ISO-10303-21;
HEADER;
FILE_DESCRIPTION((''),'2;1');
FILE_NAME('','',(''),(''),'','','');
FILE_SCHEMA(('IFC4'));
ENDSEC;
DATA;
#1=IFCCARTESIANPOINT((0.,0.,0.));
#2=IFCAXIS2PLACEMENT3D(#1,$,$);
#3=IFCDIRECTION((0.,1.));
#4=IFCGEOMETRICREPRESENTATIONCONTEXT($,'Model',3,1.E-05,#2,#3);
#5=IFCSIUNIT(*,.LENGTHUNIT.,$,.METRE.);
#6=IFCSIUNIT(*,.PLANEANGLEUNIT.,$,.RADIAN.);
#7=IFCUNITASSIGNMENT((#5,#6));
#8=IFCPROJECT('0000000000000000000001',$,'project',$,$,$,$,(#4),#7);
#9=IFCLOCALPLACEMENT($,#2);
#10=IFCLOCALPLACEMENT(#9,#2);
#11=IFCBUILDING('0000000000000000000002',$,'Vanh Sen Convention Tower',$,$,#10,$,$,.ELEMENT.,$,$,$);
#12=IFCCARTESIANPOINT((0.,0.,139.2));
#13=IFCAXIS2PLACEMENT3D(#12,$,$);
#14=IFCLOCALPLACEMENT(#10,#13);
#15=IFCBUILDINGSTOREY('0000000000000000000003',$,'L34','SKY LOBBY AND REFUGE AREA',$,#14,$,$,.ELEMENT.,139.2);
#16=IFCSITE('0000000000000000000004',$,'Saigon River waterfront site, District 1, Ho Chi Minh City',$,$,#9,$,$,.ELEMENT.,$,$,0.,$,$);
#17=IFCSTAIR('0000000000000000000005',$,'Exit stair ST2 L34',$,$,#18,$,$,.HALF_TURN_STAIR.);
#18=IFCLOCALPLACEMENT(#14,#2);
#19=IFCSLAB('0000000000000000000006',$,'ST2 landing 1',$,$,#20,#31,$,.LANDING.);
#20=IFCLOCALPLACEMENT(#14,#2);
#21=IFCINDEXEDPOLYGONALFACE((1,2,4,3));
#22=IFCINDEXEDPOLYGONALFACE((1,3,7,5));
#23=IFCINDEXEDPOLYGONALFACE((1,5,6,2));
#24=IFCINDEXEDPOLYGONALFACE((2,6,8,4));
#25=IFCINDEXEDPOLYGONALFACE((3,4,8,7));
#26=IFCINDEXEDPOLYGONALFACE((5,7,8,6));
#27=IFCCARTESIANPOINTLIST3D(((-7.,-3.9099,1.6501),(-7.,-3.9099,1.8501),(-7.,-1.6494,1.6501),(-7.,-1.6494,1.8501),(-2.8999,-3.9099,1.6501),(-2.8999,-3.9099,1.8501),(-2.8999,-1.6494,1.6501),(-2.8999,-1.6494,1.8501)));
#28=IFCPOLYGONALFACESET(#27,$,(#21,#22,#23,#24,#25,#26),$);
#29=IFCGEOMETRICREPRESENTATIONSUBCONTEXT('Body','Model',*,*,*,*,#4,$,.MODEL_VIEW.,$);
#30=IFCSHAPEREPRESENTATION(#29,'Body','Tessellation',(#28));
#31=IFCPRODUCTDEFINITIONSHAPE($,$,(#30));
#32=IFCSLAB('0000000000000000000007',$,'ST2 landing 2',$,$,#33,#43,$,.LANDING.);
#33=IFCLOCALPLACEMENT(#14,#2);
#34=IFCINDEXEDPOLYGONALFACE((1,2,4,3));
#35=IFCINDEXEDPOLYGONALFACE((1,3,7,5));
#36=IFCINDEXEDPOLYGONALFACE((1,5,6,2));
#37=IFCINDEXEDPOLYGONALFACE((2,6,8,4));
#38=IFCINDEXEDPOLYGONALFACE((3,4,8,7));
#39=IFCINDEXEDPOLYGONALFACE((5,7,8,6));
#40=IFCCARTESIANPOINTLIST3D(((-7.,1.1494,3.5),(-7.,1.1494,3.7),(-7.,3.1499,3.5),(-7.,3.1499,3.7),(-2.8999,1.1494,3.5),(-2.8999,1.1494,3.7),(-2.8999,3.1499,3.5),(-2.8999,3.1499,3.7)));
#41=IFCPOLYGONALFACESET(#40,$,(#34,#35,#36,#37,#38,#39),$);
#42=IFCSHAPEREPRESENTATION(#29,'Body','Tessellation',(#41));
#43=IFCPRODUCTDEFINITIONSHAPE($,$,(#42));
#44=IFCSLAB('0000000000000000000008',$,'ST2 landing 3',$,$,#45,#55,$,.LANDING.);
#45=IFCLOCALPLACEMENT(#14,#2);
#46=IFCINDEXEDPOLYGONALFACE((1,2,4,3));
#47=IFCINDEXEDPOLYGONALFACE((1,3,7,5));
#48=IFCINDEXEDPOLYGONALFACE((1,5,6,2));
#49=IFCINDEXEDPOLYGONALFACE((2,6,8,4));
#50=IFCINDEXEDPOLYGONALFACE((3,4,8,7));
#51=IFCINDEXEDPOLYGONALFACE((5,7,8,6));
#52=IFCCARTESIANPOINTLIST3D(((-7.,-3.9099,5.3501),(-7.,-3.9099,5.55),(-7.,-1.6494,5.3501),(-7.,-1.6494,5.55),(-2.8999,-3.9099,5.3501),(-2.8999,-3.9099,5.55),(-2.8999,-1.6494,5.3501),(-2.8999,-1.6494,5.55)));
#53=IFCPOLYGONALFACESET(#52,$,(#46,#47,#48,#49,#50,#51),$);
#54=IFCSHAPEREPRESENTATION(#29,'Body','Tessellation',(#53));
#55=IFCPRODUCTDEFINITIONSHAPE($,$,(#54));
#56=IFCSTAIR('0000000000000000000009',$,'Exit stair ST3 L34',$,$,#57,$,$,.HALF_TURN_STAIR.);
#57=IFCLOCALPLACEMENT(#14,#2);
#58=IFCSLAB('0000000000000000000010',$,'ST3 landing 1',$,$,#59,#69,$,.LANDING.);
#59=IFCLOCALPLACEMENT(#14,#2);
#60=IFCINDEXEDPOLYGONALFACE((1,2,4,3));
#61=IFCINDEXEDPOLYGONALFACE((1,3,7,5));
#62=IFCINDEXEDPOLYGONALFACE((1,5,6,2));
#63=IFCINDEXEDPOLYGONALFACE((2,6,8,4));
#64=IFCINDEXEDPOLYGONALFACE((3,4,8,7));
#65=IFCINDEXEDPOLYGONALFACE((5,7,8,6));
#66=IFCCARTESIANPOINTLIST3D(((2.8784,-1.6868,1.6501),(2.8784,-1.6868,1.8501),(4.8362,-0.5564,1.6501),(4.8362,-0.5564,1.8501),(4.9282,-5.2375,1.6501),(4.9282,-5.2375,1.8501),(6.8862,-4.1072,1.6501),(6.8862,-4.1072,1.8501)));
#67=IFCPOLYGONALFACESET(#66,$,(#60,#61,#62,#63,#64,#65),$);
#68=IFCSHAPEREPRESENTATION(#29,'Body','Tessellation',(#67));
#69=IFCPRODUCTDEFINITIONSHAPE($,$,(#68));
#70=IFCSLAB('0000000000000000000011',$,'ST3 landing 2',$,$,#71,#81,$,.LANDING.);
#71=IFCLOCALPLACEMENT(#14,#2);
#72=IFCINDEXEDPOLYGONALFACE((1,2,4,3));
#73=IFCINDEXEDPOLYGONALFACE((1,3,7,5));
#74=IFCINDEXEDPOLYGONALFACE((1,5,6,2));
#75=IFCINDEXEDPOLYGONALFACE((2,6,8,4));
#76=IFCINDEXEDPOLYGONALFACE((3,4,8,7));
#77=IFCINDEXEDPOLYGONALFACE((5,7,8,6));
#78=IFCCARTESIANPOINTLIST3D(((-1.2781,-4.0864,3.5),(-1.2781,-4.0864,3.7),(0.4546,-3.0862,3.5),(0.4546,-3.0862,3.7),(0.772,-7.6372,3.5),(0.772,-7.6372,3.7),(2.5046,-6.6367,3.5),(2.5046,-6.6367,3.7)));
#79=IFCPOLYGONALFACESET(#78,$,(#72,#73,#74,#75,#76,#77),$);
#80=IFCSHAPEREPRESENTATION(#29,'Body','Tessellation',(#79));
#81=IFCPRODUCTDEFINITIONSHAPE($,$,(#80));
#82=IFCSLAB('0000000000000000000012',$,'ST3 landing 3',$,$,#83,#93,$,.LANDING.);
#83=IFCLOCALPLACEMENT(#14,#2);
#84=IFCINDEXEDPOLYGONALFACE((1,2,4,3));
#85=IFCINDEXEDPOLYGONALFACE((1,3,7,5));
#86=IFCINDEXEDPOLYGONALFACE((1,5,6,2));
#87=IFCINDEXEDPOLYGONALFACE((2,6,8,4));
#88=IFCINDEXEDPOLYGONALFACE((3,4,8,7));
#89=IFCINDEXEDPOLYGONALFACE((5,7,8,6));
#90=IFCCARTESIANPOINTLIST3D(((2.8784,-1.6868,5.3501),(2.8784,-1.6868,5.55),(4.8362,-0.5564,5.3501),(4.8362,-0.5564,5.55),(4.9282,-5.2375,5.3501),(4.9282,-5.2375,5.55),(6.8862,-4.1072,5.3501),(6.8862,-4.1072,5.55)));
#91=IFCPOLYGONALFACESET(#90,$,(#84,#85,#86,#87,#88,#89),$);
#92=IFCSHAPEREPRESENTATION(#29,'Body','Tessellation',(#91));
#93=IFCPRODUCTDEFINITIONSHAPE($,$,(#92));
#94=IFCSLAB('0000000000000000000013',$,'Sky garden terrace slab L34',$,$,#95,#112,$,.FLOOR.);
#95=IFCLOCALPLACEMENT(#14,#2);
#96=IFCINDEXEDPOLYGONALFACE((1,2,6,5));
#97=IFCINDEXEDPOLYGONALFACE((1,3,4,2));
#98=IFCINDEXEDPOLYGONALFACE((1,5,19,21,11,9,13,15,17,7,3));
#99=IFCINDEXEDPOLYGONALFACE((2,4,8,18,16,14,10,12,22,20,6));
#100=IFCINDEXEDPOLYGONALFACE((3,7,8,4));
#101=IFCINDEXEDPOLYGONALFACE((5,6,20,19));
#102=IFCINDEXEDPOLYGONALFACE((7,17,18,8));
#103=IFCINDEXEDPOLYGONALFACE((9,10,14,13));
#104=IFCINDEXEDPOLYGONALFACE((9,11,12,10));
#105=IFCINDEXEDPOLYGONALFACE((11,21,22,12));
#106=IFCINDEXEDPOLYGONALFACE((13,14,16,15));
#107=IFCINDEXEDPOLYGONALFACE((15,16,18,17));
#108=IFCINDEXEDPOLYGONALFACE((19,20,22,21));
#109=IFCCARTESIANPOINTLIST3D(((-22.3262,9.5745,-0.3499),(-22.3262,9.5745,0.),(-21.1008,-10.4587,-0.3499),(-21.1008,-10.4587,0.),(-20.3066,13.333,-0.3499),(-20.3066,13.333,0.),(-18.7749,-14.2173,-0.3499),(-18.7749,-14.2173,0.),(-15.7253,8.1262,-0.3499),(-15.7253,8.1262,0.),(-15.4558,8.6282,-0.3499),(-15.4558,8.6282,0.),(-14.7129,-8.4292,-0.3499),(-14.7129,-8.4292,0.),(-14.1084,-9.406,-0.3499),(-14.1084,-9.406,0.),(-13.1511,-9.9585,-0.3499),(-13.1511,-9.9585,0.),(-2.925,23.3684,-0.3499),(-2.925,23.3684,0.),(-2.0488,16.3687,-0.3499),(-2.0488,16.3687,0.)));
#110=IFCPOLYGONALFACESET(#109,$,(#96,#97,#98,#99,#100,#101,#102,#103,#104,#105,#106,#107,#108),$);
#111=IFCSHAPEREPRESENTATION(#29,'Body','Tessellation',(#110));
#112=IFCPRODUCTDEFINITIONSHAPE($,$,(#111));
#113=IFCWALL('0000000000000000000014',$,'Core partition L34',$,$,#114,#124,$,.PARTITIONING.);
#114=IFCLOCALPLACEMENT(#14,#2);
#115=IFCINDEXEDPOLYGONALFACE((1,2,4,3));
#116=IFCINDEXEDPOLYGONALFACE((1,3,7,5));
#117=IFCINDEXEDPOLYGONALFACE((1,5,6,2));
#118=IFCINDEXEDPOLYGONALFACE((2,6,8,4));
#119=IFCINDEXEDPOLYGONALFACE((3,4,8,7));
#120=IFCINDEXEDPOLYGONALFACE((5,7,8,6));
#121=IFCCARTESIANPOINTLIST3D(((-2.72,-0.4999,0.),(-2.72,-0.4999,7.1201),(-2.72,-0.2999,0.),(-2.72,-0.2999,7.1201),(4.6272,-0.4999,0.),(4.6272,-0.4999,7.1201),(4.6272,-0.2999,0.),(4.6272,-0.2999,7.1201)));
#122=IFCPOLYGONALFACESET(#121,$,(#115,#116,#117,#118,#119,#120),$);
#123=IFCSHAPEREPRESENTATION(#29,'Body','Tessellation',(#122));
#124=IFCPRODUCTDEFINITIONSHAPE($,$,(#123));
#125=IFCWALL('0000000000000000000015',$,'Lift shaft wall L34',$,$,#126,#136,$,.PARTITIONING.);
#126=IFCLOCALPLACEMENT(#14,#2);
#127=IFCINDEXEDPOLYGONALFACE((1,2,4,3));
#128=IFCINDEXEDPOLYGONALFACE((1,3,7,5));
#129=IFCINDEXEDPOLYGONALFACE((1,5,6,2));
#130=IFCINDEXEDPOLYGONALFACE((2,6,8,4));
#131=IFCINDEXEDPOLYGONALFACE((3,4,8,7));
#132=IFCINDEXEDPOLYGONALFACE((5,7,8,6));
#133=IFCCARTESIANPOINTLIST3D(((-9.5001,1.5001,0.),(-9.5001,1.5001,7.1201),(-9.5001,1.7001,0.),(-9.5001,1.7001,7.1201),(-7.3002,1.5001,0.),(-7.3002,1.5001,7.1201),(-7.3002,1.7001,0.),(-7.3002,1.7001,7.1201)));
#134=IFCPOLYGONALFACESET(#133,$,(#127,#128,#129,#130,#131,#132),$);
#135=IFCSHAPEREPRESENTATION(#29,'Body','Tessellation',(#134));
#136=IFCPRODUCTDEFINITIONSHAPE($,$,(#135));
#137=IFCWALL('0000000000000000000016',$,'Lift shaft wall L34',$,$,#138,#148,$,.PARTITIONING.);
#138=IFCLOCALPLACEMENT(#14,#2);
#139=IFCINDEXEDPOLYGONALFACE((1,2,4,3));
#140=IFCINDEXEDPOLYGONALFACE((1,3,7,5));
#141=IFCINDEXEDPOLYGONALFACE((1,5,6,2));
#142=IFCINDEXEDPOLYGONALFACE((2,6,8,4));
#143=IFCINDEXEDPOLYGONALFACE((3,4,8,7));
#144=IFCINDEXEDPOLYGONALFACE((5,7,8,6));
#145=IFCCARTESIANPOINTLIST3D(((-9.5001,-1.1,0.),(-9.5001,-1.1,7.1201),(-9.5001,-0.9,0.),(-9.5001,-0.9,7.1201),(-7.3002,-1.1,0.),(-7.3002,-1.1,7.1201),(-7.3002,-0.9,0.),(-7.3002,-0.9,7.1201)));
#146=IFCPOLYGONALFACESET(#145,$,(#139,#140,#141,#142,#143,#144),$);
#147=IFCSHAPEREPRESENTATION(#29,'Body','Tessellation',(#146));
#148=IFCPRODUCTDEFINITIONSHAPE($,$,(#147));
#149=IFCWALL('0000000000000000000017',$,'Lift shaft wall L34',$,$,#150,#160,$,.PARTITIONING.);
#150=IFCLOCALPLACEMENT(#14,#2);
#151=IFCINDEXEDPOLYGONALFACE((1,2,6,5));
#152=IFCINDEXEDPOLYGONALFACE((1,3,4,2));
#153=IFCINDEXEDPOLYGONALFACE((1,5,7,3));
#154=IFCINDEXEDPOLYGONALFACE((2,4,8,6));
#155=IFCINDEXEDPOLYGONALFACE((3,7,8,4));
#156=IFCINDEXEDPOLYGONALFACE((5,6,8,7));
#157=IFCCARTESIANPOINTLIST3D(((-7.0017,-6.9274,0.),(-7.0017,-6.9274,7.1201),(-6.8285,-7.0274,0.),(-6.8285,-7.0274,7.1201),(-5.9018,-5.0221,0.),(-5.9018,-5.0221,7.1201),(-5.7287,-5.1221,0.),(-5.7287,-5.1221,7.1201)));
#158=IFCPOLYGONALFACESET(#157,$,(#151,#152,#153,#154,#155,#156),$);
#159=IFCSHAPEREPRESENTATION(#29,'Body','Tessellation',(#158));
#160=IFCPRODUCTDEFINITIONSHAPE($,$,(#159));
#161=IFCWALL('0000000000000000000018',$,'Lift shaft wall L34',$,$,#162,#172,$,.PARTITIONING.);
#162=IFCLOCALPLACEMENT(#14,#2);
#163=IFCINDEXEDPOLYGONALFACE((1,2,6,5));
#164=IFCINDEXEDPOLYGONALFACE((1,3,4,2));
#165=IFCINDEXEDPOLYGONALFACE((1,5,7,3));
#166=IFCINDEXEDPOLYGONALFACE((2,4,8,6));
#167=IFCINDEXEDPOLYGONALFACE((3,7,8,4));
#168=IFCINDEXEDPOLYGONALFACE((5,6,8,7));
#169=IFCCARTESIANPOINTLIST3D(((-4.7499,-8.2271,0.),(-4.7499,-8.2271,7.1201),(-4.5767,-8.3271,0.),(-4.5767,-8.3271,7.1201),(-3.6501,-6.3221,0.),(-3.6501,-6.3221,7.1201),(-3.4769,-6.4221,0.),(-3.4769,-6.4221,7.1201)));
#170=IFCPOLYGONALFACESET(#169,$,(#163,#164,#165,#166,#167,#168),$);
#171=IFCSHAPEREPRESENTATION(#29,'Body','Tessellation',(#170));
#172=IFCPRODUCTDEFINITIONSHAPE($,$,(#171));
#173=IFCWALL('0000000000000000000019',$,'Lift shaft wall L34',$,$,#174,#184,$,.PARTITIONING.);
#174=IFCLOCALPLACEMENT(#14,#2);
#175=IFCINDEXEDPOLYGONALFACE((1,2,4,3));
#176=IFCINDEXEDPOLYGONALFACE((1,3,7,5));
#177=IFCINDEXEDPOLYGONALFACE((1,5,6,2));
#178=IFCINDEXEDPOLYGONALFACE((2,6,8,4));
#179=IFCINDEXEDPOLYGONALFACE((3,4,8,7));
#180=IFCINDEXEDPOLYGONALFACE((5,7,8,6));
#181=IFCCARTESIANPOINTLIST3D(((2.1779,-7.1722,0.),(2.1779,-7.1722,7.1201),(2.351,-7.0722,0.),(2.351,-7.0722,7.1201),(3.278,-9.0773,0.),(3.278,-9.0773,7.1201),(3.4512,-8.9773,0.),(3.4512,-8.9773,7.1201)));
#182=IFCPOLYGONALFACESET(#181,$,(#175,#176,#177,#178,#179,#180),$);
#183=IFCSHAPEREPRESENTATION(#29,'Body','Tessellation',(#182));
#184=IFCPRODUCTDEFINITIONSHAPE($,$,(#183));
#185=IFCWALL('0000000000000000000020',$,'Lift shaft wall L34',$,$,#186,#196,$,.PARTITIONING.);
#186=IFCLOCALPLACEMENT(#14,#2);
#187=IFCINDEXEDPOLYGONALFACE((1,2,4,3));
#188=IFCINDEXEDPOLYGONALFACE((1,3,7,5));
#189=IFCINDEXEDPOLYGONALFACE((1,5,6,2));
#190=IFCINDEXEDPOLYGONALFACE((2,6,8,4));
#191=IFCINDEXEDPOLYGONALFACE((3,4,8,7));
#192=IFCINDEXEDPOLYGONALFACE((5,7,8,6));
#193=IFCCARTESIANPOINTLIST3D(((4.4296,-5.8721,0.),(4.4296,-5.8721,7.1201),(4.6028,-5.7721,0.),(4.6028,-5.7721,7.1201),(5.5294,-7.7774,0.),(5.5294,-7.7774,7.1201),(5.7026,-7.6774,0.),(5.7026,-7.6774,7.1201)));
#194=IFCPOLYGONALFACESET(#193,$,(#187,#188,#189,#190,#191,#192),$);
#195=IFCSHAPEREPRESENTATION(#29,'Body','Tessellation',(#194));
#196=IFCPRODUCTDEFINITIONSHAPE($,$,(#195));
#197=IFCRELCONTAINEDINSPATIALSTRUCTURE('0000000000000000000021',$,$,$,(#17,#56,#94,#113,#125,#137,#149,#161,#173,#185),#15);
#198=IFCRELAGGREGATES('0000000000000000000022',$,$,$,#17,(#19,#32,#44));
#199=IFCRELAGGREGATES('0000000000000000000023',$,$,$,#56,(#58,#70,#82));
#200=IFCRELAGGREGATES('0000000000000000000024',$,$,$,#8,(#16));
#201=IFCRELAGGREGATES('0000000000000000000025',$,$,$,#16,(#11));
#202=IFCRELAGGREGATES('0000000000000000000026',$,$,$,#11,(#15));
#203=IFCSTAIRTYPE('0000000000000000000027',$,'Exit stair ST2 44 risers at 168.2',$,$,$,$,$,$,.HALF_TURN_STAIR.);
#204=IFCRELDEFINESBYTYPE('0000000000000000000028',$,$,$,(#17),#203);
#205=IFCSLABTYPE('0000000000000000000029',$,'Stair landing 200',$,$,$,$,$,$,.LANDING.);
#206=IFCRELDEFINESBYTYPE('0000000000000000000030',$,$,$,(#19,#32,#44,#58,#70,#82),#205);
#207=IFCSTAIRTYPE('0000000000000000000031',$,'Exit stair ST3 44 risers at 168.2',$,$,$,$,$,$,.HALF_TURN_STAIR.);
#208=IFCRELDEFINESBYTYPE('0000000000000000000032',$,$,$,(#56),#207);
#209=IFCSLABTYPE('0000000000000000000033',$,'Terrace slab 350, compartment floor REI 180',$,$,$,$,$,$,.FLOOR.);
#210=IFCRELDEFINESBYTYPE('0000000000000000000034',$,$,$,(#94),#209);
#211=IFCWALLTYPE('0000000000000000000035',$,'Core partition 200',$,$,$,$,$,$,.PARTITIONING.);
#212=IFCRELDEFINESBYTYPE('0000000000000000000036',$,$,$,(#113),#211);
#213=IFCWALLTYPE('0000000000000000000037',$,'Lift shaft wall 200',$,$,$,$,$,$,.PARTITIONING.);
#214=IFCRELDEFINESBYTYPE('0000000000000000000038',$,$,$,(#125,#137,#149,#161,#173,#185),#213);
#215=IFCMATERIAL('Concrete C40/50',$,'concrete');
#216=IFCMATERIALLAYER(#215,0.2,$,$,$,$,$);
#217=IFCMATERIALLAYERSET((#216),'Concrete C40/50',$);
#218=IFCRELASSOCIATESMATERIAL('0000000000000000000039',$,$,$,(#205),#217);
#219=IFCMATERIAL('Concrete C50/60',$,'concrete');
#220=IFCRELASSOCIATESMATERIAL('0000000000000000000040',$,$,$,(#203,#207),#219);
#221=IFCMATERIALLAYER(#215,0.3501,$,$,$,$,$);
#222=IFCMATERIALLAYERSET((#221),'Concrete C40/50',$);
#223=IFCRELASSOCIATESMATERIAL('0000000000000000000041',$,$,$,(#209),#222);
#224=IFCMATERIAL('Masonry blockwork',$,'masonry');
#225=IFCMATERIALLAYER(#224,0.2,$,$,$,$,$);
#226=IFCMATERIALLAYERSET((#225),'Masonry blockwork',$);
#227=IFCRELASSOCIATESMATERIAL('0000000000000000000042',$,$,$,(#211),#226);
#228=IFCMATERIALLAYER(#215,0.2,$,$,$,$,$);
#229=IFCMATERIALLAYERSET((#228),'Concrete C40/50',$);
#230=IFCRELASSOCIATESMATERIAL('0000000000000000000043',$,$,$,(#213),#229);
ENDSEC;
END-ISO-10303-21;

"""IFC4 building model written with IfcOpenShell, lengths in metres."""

from ifc_helpers import new_model, si_unit, direction, frame, frame_2d, origin, place, context, subcontext, project, spatial, polyline, rectangle, outline, extrude, material, layer, layer_set, type_object, element, aggregate, save


model = new_model("IFC4")

# Units and contexts
model_context = context("Model", 3, precision=1e-05, world=origin(), true_north=direction((0.0, 1.0)))
body_context = subcontext(model_context, "Body", "Model", "MODEL_VIEW")
ifc_project = project(units=[si_unit("LENGTHUNIT", "METRE"), si_unit("PLANEANGLEUNIT", "RADIAN")], contexts=[model_context])

# Site, building, storey
site_placement = place(None, origin())
site = spatial("IfcSite", under=ifc_project, at=site_placement, Name="Saigon River waterfront site, District 1, Ho Chi Minh City", CompositionType="ELEMENT", RefElevation=0.0)
building_placement = place(site_placement, origin())
building = spatial("IfcBuilding", under=site, at=building_placement, Name="Vanh Sen Convention Tower", CompositionType="ELEMENT")
storey_placement = place(building_placement, frame((0.0, 0.0, 139.2)))
storey = spatial("IfcBuildingStorey", under=building, at=storey_placement, Name="L34", Description="SKY LOBBY AND REFUGE AREA", CompositionType="ELEMENT", Elevation=139.2)

# Shared definitions
ifc_material_1 = material(Name="Concrete C40/50", Category="concrete")

# Stairs, slabs
ifc_material_2 = material(Name="Concrete C50/60", Category="concrete")
ifc_layer_1 = layer(ifc_material_1, 0.2)
ifc_layer_set_1 = layer_set([ifc_layer_1], Name="Concrete C40/50")
slab_type_1 = type_object("IfcSlabType", Name="Stair landing 200", PredefinedType="LANDING", material=ifc_layer_set_1)
stair_type_1 = type_object("IfcStairType", Name="Exit stair ST2 44 risers at 168.2", PredefinedType="HALF_TURN_STAIR", material=ifc_material_2)
stair_1_placement = place(storey_placement, origin())
stair_1 = element("IfcStair", 1, at=stair_1_placement, inside=storey, type_object=stair_type_1, Name="Exit stair ST2 L34", PredefinedType="HALF_TURN_STAIR")
slab_1_placement = place(storey_placement, frame((0.0, 0.0, 1.6501)))
slab_1 = element("IfcSlab", 2, at=slab_1_placement, type_object=slab_type_1, Name="ST2 landing 1", PredefinedType="LANDING", context=body_context, shape_type="SweptSolid", body=[
    extrude(outline(polyline([(-7.0, -1.6494), (-7.0, -3.9099), (-2.8999, -3.9099), (-2.8999, -1.6494), (-7.0, -1.6494)])), origin(), (0.0, 0.0, 1.0), 0.2),
])
slab_2_placement = place(storey_placement, frame((0.0, 0.0, 3.5)))
slab_2 = element("IfcSlab", 3, at=slab_2_placement, type_object=slab_type_1, Name="ST2 landing 2", PredefinedType="LANDING", context=body_context, shape_type="SweptSolid", body=[
    extrude(outline(polyline([(-7.0, 3.1499), (-7.0, 1.1494), (-2.8999, 1.1494), (-2.8999, 3.1499), (-7.0, 3.1499)])), origin(), (0.0, 0.0, 1.0), 0.2),
])
slab_3_placement = place(storey_placement, frame((0.0, 0.0, 5.3501)))
slab_3 = element("IfcSlab", 4, at=slab_3_placement, type_object=slab_type_1, Name="ST2 landing 3", PredefinedType="LANDING", context=body_context, shape_type="SweptSolid", body=[
    extrude(outline(polyline([(-7.0, -1.6494), (-7.0, -3.9099), (-2.8999, -3.9099), (-2.8999, -1.6494), (-7.0, -1.6494)])), origin(), (0.0, 0.0, 1.0), 0.2),
])
aggregate(stair_1, [slab_1, slab_2, slab_3])
stair_type_2 = type_object("IfcStairType", Name="Exit stair ST3 44 risers at 168.2", PredefinedType="HALF_TURN_STAIR", material=ifc_material_2)
stair_2_placement = place(storey_placement, origin())
stair_2 = element("IfcStair", 5, at=stair_2_placement, inside=storey, type_object=stair_type_2, Name="Exit stair ST3 L34", PredefinedType="HALF_TURN_STAIR")
slab_4_placement = place(storey_placement, frame((0.0, 0.0, 1.6501)))
slab_4 = element("IfcSlab", 6, at=slab_4_placement, type_object=slab_type_1, Name="ST3 landing 1", PredefinedType="LANDING", context=body_context, shape_type="SweptSolid", body=[
    extrude(outline(polyline([(4.9282, -5.2375), (6.8862, -4.1072), (4.8362, -0.5564), (2.8784, -1.6868), (4.9282, -5.2375)])), origin(), (0.0, 0.0, 1.0), 0.2),
])
slab_5_placement = place(storey_placement, frame((0.0, 0.0, 3.5)))
slab_5 = element("IfcSlab", 7, at=slab_5_placement, type_object=slab_type_1, Name="ST3 landing 2", PredefinedType="LANDING", context=body_context, shape_type="SweptSolid", body=[
    extrude(outline(polyline([(0.772, -7.6372), (2.5046, -6.6367), (0.4546, -3.0862), (-1.2781, -4.0864), (0.772, -7.6372)])), origin(), (0.0, 0.0, 1.0), 0.2),
])
slab_6_placement = place(storey_placement, frame((0.0, 0.0, 5.3501)))
slab_6 = element("IfcSlab", 8, at=slab_6_placement, type_object=slab_type_1, Name="ST3 landing 3", PredefinedType="LANDING", context=body_context, shape_type="SweptSolid", body=[
    extrude(outline(polyline([(4.9282, -5.2375), (6.8862, -4.1072), (4.8362, -0.5564), (2.8784, -1.6868), (4.9282, -5.2375)])), origin(), (0.0, 0.0, 1.0), 0.2),
])
aggregate(stair_2, [slab_4, slab_5, slab_6])

# Slab
ifc_layer_2 = layer(ifc_material_1, 0.3501)
ifc_layer_set_2 = layer_set([ifc_layer_2], Name="Concrete C40/50")
slab_type_2 = type_object("IfcSlabType", Name="Terrace slab 350, compartment floor REI 180", PredefinedType="FLOOR", material=ifc_layer_set_2)
slab_7_placement = place(storey_placement, frame((0.0, 0.0, -0.3499)))
element("IfcSlab", 9, at=slab_7_placement, inside=storey, type_object=slab_type_2, Name="Sky garden terrace slab L34", PredefinedType="FLOOR", context=body_context, shape_type="SweptSolid", body=[
    extrude(outline(polyline([(-18.7749, -14.2173), (-13.1511, -9.9585), (-14.1084, -9.406), (-14.7129, -8.4292), (-15.7253, 8.1262), (-15.4558, 8.6282), (-2.0488, 16.3687), (-2.925, 23.3684), (-20.3066, 13.333), (-22.3262, 9.5745), (-21.1008, -10.4587), (-18.7749, -14.2173), (-18.7749, -14.2173)])), origin(), (0.0, 0.0, 1.0), 0.3499),
])

# Walls
ifc_material_3 = material(Name="Masonry blockwork", Category="masonry")
ifc_layer_3 = layer(ifc_material_3, 0.2)
ifc_layer_set_3 = layer_set([ifc_layer_3], Name="Masonry blockwork")
wall_type_1 = type_object("IfcWallType", Name="Core partition 200", PredefinedType="PARTITIONING", material=ifc_layer_set_3)
wall_1_placement = place(storey_placement, frame((-2.72, -0.3999, 0.0), z_axis=(0.0, 0.0, 1.0), x_axis=(1.0, 0.0, 0.0)))
element("IfcWall", 10, at=wall_1_placement, inside=storey, type_object=wall_type_1, Name="Core partition L34", PredefinedType="PARTITIONING", context=body_context, shape_type="SweptSolid", body=[
    extrude(rectangle(XDim=7.3472, YDim=0.2, at=frame_2d((3.6736, 0.0))), origin(), (0.0, 0.0, 1.0), 7.1201),
])
ifc_layer_4 = layer(ifc_material_1, 0.2)
ifc_layer_set_4 = layer_set([ifc_layer_4], Name="Concrete C40/50")
wall_type_2 = type_object("IfcWallType", Name="Lift shaft wall 200", PredefinedType="PARTITIONING", material=ifc_layer_set_4)
for number, where, z_axis, x_axis, name in (
    (11, (-7.3, 1.6001, 0.0), (0.0, 0.0, 1.0), (-1.0, 0.0, 0.0), "Lift shaft wall L34"),
    (12, (-7.3, -1.0, 0.0), (0.0, 0.0, 1.0), (-1.0, 0.0, 0.0), "Lift shaft wall L34"),
    (13, (-5.8152, -5.072, 0.0), (0.0, 0.0, 1.0), (-0.499947, -0.866056, 0.0), "Lift shaft wall L34"),
):
    element("IfcWall", number, at=place(storey_placement, frame(where, z_axis=z_axis, x_axis=x_axis)), inside=storey, type_object=wall_type_2, Name=name, PredefinedType="PARTITIONING", context=body_context, shape_type="SweptSolid", body=[
        extrude(rectangle(XDim=2.2, YDim=0.2, at=frame_2d((1.1001, 0.0))), origin(), (0.0, 0.0, 1.0), 7.1201),
    ])
wall_2_placement = place(storey_placement, frame((-3.5635, -6.3721, 0.0), z_axis=(0.0, 0.0, 1.0), x_axis=(-0.499995, -0.866028, 0.0)))
element("IfcWall", 14, at=wall_2_placement, inside=storey, type_object=wall_type_2, Name="Lift shaft wall L34", PredefinedType="PARTITIONING", context=body_context, shape_type="SweptSolid", body=[
    extrude(rectangle(XDim=2.1997, YDim=0.2, at=frame_2d((1.0999, 0.0))), origin(), (0.0, 0.0, 1.0), 7.1201),
])
for number, where, z_axis, x_axis, name in (
    (15, (2.2644, -7.1221, 0.0), (0.0, 0.0, 1.0), (0.500078, -0.86598, 0.0), "Lift shaft wall L34"),
    (16, (4.5161, -5.822, 0.0), (0.0, 0.0, 1.0), (0.499947, -0.866056, 0.0), "Lift shaft wall L34"),
):
    element("IfcWall", number, at=place(storey_placement, frame(where, z_axis=z_axis, x_axis=x_axis)), inside=storey, type_object=wall_type_2, Name=name, PredefinedType="PARTITIONING", context=body_context, shape_type="SweptSolid", body=[
        extrude(rectangle(XDim=2.2, YDim=0.2, at=frame_2d((1.1001, 0.0))), origin(), (0.0, 0.0, 1.0), 7.1201),
    ])

save(model, "model.ifc")
